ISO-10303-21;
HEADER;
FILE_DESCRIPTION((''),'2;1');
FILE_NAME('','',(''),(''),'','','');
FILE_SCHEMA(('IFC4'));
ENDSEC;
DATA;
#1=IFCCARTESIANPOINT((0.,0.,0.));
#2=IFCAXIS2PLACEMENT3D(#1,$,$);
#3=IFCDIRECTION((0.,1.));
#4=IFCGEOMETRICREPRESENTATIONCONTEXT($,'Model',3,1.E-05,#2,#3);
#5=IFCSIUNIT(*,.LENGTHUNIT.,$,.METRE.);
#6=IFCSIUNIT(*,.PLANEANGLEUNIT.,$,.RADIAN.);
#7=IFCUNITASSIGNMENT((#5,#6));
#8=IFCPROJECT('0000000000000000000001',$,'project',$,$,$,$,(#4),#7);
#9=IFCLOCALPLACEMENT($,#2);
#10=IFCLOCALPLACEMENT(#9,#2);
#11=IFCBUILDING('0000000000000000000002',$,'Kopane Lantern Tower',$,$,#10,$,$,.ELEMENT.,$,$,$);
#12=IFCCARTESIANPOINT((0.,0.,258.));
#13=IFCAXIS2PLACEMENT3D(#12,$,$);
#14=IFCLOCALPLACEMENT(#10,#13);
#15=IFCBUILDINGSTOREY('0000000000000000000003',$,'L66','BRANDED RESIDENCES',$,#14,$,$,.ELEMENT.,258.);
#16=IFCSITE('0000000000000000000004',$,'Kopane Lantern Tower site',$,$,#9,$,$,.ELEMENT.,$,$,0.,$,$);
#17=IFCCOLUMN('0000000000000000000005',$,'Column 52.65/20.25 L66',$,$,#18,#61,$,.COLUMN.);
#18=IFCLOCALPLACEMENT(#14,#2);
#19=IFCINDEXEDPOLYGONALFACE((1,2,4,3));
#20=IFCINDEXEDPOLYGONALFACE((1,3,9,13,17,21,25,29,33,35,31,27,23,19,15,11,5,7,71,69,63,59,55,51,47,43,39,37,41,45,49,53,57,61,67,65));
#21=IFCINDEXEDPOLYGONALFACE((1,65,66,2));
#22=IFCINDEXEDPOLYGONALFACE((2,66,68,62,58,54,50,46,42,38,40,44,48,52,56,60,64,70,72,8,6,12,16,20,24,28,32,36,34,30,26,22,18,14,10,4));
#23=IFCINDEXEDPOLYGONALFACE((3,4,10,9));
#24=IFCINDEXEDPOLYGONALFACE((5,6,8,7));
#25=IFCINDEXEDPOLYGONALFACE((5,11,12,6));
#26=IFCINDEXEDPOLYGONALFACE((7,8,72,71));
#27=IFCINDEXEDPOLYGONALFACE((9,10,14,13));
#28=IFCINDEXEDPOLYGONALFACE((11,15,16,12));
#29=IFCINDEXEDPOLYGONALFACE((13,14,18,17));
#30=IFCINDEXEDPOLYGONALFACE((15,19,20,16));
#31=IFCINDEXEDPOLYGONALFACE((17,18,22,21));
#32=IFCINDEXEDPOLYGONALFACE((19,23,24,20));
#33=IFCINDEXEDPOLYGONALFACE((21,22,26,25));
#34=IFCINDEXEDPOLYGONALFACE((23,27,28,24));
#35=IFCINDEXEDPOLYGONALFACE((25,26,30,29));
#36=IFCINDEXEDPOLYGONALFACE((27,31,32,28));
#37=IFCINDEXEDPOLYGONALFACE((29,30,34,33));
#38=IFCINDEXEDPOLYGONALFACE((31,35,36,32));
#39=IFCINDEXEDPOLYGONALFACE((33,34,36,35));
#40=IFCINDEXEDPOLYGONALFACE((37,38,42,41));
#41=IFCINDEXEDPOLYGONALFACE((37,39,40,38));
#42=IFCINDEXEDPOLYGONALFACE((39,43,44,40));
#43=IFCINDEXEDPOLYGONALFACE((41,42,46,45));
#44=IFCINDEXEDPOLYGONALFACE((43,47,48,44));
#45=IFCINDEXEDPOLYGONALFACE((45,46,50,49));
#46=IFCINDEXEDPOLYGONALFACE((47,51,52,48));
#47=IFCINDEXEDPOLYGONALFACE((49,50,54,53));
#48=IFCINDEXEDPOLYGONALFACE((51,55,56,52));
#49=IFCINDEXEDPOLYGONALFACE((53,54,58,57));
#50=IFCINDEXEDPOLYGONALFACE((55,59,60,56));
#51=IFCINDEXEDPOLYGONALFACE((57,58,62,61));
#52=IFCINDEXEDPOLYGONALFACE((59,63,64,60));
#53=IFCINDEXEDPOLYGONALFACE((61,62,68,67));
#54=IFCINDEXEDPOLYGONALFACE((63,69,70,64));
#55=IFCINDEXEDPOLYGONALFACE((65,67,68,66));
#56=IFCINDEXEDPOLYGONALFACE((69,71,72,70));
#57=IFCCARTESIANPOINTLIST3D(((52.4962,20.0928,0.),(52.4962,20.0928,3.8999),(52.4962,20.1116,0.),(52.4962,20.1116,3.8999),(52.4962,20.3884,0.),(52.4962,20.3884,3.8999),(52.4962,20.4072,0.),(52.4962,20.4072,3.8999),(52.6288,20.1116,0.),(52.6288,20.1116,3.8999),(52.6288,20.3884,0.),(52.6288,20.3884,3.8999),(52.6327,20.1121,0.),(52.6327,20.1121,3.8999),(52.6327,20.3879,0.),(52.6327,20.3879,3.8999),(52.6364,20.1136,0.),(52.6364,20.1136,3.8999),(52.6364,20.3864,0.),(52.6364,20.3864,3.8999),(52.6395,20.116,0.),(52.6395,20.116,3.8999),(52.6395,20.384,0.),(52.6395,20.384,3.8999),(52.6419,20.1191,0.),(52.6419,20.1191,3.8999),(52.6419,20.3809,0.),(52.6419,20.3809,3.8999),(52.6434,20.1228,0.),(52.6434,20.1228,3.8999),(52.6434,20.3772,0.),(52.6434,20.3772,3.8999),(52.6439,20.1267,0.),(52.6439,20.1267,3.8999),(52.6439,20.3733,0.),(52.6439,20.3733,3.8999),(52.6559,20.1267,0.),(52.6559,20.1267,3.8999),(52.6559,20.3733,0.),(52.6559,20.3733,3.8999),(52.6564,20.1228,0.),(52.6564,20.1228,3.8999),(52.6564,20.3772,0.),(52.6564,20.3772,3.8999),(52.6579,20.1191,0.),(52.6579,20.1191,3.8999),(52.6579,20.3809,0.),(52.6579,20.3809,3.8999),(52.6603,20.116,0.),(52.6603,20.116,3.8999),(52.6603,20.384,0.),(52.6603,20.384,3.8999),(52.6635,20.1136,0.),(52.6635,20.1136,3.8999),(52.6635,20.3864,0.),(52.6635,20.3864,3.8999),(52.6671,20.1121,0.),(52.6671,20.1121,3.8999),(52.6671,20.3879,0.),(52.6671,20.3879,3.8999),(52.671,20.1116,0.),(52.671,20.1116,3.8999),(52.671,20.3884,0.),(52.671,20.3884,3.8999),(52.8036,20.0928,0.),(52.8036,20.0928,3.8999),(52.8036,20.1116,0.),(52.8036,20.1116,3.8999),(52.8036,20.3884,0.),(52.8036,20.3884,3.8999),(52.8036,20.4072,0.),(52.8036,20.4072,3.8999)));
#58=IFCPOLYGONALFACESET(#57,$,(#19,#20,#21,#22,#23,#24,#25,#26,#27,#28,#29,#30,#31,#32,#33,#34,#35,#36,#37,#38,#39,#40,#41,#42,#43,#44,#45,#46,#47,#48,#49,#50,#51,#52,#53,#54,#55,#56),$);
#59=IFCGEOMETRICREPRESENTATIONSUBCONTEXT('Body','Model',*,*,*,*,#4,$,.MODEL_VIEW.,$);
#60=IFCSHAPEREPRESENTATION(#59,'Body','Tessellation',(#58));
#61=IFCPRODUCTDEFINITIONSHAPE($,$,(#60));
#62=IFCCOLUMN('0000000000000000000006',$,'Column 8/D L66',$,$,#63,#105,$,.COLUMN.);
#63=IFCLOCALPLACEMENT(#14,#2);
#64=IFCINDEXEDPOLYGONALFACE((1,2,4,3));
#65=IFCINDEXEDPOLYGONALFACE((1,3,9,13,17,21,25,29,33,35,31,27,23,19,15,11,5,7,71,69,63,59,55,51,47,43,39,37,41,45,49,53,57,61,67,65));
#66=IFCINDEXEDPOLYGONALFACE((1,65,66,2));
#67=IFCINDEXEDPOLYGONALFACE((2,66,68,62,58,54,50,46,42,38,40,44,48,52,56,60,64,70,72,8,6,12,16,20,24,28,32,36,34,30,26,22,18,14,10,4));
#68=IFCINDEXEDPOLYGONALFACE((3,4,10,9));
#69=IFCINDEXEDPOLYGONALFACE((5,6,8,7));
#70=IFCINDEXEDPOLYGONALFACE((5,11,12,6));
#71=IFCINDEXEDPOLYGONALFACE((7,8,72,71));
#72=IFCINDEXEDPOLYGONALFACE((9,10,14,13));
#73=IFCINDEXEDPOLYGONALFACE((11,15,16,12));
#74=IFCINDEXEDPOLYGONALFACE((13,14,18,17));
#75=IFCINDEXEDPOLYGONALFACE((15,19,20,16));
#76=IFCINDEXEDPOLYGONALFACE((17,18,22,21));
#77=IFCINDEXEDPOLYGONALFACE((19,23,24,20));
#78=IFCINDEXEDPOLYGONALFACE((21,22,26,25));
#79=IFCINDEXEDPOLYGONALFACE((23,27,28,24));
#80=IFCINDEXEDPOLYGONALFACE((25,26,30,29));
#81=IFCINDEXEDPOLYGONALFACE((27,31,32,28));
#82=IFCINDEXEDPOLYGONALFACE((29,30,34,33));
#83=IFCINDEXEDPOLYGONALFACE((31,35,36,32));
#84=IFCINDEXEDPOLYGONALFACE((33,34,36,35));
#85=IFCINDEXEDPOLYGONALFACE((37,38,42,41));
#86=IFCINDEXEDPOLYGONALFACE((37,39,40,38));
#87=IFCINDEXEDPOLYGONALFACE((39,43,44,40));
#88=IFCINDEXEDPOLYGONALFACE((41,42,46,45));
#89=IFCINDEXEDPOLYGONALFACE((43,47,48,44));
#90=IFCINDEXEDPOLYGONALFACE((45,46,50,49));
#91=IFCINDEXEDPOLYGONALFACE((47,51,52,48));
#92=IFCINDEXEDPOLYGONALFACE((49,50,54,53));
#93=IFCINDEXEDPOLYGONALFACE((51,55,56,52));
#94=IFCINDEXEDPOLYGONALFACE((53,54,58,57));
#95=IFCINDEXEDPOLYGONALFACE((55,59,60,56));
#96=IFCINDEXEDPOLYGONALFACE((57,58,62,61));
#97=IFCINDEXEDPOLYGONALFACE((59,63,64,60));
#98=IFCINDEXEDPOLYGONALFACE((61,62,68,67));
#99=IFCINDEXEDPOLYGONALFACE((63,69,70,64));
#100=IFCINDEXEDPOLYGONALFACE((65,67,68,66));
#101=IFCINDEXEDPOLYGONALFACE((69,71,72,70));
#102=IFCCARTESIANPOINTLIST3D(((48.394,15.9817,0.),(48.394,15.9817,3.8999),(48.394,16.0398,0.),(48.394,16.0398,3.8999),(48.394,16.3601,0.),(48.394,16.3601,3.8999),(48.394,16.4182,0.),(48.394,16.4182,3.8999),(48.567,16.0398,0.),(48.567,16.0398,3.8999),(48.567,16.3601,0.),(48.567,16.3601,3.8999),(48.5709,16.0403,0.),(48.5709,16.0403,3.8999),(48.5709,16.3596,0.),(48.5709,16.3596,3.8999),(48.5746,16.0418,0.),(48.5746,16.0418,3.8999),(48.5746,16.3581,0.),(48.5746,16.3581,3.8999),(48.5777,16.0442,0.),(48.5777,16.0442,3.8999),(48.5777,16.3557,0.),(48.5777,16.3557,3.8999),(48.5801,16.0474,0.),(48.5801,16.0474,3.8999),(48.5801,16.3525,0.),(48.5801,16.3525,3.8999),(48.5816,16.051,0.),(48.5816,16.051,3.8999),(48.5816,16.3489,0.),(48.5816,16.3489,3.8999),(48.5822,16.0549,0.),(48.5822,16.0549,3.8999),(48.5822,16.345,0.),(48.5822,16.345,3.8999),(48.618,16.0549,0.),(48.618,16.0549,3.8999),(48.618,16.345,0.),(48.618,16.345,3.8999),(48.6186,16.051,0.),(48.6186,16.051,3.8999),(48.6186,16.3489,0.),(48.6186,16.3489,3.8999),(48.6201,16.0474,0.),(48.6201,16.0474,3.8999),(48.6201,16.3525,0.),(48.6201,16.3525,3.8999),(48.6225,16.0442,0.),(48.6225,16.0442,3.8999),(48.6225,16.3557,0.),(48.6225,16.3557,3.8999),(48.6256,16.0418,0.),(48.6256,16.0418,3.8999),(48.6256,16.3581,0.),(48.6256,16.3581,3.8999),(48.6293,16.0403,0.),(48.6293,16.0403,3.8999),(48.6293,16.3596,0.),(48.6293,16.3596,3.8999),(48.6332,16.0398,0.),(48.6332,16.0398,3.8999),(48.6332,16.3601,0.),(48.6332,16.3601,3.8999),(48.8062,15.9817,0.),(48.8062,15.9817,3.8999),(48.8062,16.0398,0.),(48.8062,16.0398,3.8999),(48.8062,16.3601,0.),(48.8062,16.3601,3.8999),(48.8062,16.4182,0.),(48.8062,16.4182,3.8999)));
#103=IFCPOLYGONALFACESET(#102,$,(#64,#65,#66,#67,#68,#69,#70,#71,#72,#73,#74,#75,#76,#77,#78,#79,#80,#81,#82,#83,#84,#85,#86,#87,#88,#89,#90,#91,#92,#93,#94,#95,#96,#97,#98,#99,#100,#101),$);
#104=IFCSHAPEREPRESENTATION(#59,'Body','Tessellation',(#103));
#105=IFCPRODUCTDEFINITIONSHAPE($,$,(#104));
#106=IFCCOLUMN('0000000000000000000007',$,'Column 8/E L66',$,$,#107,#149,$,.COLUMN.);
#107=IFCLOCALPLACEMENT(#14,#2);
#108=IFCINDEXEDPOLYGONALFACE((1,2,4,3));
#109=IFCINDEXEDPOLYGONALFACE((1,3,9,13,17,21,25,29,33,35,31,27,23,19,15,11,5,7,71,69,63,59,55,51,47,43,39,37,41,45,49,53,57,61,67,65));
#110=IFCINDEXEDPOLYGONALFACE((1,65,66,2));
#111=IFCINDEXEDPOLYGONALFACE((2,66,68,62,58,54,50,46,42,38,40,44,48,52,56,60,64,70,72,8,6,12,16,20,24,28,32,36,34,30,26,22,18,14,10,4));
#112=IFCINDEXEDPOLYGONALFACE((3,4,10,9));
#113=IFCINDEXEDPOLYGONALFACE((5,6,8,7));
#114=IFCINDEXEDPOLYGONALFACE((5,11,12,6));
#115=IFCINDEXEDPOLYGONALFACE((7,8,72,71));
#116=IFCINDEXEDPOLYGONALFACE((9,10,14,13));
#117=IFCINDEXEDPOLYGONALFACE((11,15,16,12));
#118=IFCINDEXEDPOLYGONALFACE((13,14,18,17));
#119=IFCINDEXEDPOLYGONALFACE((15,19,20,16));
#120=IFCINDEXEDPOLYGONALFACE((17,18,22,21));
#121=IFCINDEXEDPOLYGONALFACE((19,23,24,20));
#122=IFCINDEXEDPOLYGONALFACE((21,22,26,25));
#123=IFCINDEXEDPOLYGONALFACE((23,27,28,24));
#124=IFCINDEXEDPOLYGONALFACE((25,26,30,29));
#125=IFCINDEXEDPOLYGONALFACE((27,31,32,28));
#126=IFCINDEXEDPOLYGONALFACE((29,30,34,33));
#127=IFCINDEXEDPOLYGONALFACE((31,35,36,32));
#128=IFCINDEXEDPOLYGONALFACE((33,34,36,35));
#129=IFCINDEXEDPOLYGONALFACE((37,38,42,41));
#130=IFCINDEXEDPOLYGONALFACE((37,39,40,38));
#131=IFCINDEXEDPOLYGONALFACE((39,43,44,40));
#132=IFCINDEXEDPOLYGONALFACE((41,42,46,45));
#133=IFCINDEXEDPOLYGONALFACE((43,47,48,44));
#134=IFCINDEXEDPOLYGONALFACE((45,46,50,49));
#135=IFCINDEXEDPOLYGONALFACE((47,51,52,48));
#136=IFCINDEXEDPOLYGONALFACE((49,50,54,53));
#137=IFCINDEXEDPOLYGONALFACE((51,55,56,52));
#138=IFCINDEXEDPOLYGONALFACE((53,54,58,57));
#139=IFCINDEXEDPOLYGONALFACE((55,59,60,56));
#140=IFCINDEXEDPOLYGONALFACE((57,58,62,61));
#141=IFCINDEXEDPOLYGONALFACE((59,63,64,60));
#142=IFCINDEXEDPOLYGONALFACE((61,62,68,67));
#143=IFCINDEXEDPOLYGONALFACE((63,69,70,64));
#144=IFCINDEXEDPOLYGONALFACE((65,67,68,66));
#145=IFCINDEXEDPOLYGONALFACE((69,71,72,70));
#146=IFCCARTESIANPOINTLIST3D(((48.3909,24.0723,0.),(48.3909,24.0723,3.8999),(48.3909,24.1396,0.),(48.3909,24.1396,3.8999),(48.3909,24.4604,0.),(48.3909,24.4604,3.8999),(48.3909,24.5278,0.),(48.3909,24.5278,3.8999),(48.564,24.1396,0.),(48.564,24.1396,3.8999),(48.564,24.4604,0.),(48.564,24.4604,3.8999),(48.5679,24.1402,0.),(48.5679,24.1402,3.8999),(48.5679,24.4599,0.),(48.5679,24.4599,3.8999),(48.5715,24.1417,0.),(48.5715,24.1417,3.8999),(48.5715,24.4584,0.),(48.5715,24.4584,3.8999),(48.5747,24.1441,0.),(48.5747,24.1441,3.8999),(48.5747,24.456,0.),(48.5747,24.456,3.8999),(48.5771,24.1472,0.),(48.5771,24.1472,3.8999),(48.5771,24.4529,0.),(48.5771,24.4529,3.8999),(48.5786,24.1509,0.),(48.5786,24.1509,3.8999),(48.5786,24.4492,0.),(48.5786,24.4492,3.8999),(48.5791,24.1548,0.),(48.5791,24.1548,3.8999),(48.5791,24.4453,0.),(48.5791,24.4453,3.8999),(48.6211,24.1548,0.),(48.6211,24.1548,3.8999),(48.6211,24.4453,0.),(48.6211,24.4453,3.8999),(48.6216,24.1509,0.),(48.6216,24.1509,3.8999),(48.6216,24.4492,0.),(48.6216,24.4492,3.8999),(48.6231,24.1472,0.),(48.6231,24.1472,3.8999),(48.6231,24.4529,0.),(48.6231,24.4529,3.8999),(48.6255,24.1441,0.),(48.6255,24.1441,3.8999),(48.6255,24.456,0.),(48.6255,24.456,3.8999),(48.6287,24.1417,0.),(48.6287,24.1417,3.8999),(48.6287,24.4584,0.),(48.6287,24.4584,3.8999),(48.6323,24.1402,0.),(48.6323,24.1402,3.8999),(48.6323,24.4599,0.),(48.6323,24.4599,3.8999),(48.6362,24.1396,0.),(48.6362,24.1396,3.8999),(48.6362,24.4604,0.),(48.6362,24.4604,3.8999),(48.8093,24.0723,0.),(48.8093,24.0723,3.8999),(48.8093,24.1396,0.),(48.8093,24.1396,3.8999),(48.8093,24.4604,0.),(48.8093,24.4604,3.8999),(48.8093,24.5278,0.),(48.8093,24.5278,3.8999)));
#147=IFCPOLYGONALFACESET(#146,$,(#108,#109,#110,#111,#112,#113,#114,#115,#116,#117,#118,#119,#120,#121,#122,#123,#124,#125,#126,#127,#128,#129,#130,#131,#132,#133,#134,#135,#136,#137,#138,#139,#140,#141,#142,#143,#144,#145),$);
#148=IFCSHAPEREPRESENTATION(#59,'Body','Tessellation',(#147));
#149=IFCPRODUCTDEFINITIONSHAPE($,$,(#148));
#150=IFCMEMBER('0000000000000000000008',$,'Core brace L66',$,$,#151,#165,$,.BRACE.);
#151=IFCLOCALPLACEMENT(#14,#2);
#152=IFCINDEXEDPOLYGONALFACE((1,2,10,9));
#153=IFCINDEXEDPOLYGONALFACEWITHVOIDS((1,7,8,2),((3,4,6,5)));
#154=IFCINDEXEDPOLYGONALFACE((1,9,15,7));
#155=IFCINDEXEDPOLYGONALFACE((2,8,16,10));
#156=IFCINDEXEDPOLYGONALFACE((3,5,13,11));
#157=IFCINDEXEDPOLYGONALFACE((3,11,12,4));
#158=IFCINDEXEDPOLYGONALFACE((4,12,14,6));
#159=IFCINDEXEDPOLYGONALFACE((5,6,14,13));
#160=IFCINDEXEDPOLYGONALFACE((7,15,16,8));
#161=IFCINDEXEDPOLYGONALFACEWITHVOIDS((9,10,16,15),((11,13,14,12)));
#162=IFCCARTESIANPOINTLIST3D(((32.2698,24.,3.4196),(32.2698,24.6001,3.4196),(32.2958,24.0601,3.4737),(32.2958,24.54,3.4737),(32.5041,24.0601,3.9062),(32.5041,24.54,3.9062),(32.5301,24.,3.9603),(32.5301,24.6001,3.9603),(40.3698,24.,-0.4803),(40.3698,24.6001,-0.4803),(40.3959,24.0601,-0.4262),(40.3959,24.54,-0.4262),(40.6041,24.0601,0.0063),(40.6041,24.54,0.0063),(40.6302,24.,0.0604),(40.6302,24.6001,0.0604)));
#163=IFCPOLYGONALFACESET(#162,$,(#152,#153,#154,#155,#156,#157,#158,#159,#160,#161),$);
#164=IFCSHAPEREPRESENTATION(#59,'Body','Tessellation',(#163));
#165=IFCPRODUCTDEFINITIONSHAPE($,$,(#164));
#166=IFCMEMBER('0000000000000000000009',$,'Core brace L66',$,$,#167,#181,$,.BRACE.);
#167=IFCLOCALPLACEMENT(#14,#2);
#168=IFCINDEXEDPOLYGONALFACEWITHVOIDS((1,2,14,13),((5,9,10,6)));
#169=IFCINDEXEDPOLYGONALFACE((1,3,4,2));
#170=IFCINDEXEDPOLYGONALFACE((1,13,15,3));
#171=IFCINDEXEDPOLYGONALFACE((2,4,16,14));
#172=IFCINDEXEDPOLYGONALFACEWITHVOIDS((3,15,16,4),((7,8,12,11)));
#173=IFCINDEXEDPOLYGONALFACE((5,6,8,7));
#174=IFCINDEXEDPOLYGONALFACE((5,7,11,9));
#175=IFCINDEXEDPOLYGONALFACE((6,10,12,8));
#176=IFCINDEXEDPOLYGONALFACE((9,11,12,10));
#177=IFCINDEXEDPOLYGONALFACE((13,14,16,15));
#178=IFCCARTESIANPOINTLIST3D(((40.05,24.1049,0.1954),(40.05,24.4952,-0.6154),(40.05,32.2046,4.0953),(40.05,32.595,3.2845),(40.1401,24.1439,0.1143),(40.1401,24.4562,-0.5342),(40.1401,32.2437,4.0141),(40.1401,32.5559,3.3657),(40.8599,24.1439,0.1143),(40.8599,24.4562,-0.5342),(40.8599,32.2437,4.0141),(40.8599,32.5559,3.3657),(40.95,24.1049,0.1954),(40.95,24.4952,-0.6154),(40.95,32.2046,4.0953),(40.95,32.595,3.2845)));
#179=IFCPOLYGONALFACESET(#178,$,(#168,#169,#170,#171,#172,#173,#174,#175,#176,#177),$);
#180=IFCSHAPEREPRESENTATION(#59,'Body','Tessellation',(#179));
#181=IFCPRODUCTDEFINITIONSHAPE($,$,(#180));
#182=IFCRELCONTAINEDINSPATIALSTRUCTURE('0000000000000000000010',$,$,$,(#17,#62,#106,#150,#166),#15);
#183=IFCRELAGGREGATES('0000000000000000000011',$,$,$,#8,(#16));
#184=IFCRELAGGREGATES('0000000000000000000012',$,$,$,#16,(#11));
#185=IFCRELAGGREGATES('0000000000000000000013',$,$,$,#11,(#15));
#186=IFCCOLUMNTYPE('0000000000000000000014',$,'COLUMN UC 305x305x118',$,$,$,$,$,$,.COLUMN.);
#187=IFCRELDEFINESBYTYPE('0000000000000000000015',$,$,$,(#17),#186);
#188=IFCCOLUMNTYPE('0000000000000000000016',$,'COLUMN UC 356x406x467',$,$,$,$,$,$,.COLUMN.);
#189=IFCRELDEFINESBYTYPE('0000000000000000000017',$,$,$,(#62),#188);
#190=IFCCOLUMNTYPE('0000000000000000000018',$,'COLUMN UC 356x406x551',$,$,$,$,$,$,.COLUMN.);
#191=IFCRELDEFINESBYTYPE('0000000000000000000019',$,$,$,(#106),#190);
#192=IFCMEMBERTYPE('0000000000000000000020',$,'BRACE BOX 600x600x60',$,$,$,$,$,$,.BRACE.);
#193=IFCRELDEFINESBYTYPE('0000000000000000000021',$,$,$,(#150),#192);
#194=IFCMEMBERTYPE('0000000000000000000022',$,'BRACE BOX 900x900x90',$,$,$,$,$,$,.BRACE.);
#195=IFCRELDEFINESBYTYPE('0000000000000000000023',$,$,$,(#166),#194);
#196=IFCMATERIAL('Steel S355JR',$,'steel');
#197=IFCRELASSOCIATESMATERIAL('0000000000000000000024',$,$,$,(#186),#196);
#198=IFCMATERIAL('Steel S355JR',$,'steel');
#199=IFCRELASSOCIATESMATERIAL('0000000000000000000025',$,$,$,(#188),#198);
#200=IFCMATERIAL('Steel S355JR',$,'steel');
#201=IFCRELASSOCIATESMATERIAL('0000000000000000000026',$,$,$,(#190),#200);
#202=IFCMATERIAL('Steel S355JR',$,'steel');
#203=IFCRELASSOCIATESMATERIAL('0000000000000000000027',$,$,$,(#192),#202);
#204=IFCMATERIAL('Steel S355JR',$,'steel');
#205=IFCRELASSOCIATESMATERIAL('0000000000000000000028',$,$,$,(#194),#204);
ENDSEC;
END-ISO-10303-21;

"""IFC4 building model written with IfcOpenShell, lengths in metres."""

from ifc_helpers import new_model, si_unit, direction, frame, origin, origin_2d, place, context, subcontext, project, spatial, hollow_rectangle, i_section, extrude, material, material_profile, profile_set, type_object, element, save


model = new_model("IFC4")

# Units and contexts
model_context = context("Model", 3, precision=1e-05, world=origin(), true_north=direction((0.0, 1.0)))
body_context = subcontext(model_context, "Body", "Model", "MODEL_VIEW")
ifc_project = project(units=[si_unit("LENGTHUNIT", "METRE"), si_unit("PLANEANGLEUNIT", "RADIAN")], contexts=[model_context])

# Site, building, storey
site_placement = place(None, origin())
site = spatial("IfcSite", under=ifc_project, at=site_placement, Name="Kopane Lantern Tower site", CompositionType="ELEMENT", RefElevation=0.0)
building_placement = place(site_placement, origin())
building = spatial("IfcBuilding", under=site, at=building_placement, Name="Kopane Lantern Tower", CompositionType="ELEMENT")
storey_placement = place(building_placement, frame((0.0, 0.0, 258.0)))
storey = spatial("IfcBuildingStorey", under=building, at=storey_placement, Name="L66", Description="BRANDED RESIDENCES", CompositionType="ELEMENT", Elevation=258.0)

# Columns
ifc_material_1 = material(Name="Steel S355JR", Category="steel")
ifc_material_profile_1 = material_profile(ifc_material_1, i_section(OverallWidth=0.3074, OverallDepth=0.3145, WebThickness=0.012, FlangeThickness=0.0188, FilletRadius=0.0151, at=origin_2d()), Name="UC 305x305x118")
ifc_profile_set_1 = profile_set([ifc_material_profile_1], Name="Steel S355JR")
column_type_1 = type_object("IfcColumnType", Name="COLUMN UC 305x305x118", PredefinedType="COLUMN", material=ifc_profile_set_1)
column_1_placement = place(storey_placement, frame((52.6499, 20.25, 0.0), z_axis=(0.0, 0.0, 1.0), x_axis=(1.0, 0.0, 0.0)))
element("IfcColumn", 1, at=column_1_placement, inside=storey, type_object=column_type_1, Name="Column 52.65/20.25 L66", PredefinedType="COLUMN", context=body_context, shape_type="SweptSolid", body=[
    extrude(i_section(OverallWidth=0.3074, OverallDepth=0.3145, WebThickness=0.012, FlangeThickness=0.0188, FilletRadius=0.0151, at=origin_2d()), origin(), (0.0, 0.0, 1.0), 3.8999),
])
ifc_material_2 = material(Name="Steel S355JR", Category="steel")
ifc_material_profile_2 = material_profile(ifc_material_2, i_section(OverallWidth=0.4121, OverallDepth=0.4365, WebThickness=0.0359, FlangeThickness=0.0581, FilletRadius=0.0151, at=origin_2d()), Name="UC 356x406x467")
ifc_profile_set_2 = profile_set([ifc_material_profile_2], Name="Steel S355JR")
column_type_2 = type_object("IfcColumnType", Name="COLUMN UC 356x406x467", PredefinedType="COLUMN", material=ifc_profile_set_2)
column_2_placement = place(storey_placement, frame((48.6001, 16.2, 0.0), z_axis=(0.0, 0.0, 1.0), x_axis=(1.0, 0.0, 0.0)))
element("IfcColumn", 2, at=column_2_placement, inside=storey, type_object=column_type_2, Name="Column 8/D L66", PredefinedType="COLUMN", context=body_context, shape_type="SweptSolid", body=[
    extrude(i_section(OverallWidth=0.4121, OverallDepth=0.4365, WebThickness=0.0359, FlangeThickness=0.0581, FilletRadius=0.0151, at=origin_2d()), origin(), (0.0, 0.0, 1.0), 3.8999),
])
ifc_material_3 = material(Name="Steel S355JR", Category="steel")
ifc_material_profile_3 = material_profile(ifc_material_3, i_section(OverallWidth=0.4185, OverallDepth=0.4556, WebThickness=0.042, FlangeThickness=0.0674, FilletRadius=0.0151, at=origin_2d()), Name="UC 356x406x551")
ifc_profile_set_3 = profile_set([ifc_material_profile_3], Name="Steel S355JR")
column_type_3 = type_object("IfcColumnType", Name="COLUMN UC 356x406x551", PredefinedType="COLUMN", material=ifc_profile_set_3)
column_3_placement = place(storey_placement, frame((48.6001, 24.3, 0.0), z_axis=(0.0, 0.0, 1.0), x_axis=(1.0, 0.0, 0.0)))
element("IfcColumn", 3, at=column_3_placement, inside=storey, type_object=column_type_3, Name="Column 8/E L66", PredefinedType="COLUMN", context=body_context, shape_type="SweptSolid", body=[
    extrude(i_section(OverallWidth=0.4185, OverallDepth=0.4556, WebThickness=0.042, FlangeThickness=0.0674, FilletRadius=0.0151, at=origin_2d()), origin(), (0.0, 0.0, 1.0), 3.8999),
])

# Members
ifc_material_4 = material(Name="Steel S355JR", Category="steel")
ifc_material_profile_4 = material_profile(ifc_material_4, hollow_rectangle(XDim=0.6001, YDim=0.6001, WallThickness=0.0601, at=origin_2d()), Name="BOX 600x600x60")
ifc_profile_set_4 = profile_set([ifc_material_profile_4], Name="Steel S355JR")
member_type_1 = type_object("IfcMemberType", Name="BRACE BOX 600x600x60", PredefinedType="BRACE", material=ifc_profile_set_4)
member_1_placement = place(storey_placement, frame((40.5, 24.3, -0.21), z_axis=(-0.901008, 0.0, 0.433803), x_axis=(0.0, -1.0, 0.0)))
element("IfcMember", 4, at=member_1_placement, inside=storey, type_object=member_type_1, Name="Core brace L66", PredefinedType="BRACE", context=body_context, shape_type="SweptSolid", body=[
    extrude(hollow_rectangle(XDim=0.6001, YDim=0.6001, WallThickness=0.0601, at=origin_2d()), origin(), (0.0, 0.0, 1.0), 8.99),
])
ifc_material_5 = material(Name="Steel S355JR", Category="steel")
ifc_material_profile_5 = material_profile(ifc_material_5, hollow_rectangle(XDim=0.8999, YDim=0.8999, WallThickness=0.0901, at=origin_2d()), Name="BOX 900x900x90")
ifc_profile_set_5 = profile_set([ifc_material_profile_5], Name="Steel S355JR")
member_type_2 = type_object("IfcMemberType", Name="BRACE BOX 900x900x90", PredefinedType="BRACE", material=ifc_profile_set_5)
member_2_placement = place(storey_placement, frame((40.5, 24.3, -0.21), z_axis=(0.0, 0.901003, 0.433813), x_axis=(-1.0, 0.0, 0.0)))
element("IfcMember", 5, at=member_2_placement, inside=storey, type_object=member_type_2, Name="Core brace L66", PredefinedType="BRACE", context=body_context, shape_type="SweptSolid", body=[
    extrude(hollow_rectangle(XDim=0.8999, YDim=0.8999, WallThickness=0.0901, at=origin_2d()), origin(), (0.0, 0.0, 1.0), 8.9897),
])

save(model, "model.ifc")
